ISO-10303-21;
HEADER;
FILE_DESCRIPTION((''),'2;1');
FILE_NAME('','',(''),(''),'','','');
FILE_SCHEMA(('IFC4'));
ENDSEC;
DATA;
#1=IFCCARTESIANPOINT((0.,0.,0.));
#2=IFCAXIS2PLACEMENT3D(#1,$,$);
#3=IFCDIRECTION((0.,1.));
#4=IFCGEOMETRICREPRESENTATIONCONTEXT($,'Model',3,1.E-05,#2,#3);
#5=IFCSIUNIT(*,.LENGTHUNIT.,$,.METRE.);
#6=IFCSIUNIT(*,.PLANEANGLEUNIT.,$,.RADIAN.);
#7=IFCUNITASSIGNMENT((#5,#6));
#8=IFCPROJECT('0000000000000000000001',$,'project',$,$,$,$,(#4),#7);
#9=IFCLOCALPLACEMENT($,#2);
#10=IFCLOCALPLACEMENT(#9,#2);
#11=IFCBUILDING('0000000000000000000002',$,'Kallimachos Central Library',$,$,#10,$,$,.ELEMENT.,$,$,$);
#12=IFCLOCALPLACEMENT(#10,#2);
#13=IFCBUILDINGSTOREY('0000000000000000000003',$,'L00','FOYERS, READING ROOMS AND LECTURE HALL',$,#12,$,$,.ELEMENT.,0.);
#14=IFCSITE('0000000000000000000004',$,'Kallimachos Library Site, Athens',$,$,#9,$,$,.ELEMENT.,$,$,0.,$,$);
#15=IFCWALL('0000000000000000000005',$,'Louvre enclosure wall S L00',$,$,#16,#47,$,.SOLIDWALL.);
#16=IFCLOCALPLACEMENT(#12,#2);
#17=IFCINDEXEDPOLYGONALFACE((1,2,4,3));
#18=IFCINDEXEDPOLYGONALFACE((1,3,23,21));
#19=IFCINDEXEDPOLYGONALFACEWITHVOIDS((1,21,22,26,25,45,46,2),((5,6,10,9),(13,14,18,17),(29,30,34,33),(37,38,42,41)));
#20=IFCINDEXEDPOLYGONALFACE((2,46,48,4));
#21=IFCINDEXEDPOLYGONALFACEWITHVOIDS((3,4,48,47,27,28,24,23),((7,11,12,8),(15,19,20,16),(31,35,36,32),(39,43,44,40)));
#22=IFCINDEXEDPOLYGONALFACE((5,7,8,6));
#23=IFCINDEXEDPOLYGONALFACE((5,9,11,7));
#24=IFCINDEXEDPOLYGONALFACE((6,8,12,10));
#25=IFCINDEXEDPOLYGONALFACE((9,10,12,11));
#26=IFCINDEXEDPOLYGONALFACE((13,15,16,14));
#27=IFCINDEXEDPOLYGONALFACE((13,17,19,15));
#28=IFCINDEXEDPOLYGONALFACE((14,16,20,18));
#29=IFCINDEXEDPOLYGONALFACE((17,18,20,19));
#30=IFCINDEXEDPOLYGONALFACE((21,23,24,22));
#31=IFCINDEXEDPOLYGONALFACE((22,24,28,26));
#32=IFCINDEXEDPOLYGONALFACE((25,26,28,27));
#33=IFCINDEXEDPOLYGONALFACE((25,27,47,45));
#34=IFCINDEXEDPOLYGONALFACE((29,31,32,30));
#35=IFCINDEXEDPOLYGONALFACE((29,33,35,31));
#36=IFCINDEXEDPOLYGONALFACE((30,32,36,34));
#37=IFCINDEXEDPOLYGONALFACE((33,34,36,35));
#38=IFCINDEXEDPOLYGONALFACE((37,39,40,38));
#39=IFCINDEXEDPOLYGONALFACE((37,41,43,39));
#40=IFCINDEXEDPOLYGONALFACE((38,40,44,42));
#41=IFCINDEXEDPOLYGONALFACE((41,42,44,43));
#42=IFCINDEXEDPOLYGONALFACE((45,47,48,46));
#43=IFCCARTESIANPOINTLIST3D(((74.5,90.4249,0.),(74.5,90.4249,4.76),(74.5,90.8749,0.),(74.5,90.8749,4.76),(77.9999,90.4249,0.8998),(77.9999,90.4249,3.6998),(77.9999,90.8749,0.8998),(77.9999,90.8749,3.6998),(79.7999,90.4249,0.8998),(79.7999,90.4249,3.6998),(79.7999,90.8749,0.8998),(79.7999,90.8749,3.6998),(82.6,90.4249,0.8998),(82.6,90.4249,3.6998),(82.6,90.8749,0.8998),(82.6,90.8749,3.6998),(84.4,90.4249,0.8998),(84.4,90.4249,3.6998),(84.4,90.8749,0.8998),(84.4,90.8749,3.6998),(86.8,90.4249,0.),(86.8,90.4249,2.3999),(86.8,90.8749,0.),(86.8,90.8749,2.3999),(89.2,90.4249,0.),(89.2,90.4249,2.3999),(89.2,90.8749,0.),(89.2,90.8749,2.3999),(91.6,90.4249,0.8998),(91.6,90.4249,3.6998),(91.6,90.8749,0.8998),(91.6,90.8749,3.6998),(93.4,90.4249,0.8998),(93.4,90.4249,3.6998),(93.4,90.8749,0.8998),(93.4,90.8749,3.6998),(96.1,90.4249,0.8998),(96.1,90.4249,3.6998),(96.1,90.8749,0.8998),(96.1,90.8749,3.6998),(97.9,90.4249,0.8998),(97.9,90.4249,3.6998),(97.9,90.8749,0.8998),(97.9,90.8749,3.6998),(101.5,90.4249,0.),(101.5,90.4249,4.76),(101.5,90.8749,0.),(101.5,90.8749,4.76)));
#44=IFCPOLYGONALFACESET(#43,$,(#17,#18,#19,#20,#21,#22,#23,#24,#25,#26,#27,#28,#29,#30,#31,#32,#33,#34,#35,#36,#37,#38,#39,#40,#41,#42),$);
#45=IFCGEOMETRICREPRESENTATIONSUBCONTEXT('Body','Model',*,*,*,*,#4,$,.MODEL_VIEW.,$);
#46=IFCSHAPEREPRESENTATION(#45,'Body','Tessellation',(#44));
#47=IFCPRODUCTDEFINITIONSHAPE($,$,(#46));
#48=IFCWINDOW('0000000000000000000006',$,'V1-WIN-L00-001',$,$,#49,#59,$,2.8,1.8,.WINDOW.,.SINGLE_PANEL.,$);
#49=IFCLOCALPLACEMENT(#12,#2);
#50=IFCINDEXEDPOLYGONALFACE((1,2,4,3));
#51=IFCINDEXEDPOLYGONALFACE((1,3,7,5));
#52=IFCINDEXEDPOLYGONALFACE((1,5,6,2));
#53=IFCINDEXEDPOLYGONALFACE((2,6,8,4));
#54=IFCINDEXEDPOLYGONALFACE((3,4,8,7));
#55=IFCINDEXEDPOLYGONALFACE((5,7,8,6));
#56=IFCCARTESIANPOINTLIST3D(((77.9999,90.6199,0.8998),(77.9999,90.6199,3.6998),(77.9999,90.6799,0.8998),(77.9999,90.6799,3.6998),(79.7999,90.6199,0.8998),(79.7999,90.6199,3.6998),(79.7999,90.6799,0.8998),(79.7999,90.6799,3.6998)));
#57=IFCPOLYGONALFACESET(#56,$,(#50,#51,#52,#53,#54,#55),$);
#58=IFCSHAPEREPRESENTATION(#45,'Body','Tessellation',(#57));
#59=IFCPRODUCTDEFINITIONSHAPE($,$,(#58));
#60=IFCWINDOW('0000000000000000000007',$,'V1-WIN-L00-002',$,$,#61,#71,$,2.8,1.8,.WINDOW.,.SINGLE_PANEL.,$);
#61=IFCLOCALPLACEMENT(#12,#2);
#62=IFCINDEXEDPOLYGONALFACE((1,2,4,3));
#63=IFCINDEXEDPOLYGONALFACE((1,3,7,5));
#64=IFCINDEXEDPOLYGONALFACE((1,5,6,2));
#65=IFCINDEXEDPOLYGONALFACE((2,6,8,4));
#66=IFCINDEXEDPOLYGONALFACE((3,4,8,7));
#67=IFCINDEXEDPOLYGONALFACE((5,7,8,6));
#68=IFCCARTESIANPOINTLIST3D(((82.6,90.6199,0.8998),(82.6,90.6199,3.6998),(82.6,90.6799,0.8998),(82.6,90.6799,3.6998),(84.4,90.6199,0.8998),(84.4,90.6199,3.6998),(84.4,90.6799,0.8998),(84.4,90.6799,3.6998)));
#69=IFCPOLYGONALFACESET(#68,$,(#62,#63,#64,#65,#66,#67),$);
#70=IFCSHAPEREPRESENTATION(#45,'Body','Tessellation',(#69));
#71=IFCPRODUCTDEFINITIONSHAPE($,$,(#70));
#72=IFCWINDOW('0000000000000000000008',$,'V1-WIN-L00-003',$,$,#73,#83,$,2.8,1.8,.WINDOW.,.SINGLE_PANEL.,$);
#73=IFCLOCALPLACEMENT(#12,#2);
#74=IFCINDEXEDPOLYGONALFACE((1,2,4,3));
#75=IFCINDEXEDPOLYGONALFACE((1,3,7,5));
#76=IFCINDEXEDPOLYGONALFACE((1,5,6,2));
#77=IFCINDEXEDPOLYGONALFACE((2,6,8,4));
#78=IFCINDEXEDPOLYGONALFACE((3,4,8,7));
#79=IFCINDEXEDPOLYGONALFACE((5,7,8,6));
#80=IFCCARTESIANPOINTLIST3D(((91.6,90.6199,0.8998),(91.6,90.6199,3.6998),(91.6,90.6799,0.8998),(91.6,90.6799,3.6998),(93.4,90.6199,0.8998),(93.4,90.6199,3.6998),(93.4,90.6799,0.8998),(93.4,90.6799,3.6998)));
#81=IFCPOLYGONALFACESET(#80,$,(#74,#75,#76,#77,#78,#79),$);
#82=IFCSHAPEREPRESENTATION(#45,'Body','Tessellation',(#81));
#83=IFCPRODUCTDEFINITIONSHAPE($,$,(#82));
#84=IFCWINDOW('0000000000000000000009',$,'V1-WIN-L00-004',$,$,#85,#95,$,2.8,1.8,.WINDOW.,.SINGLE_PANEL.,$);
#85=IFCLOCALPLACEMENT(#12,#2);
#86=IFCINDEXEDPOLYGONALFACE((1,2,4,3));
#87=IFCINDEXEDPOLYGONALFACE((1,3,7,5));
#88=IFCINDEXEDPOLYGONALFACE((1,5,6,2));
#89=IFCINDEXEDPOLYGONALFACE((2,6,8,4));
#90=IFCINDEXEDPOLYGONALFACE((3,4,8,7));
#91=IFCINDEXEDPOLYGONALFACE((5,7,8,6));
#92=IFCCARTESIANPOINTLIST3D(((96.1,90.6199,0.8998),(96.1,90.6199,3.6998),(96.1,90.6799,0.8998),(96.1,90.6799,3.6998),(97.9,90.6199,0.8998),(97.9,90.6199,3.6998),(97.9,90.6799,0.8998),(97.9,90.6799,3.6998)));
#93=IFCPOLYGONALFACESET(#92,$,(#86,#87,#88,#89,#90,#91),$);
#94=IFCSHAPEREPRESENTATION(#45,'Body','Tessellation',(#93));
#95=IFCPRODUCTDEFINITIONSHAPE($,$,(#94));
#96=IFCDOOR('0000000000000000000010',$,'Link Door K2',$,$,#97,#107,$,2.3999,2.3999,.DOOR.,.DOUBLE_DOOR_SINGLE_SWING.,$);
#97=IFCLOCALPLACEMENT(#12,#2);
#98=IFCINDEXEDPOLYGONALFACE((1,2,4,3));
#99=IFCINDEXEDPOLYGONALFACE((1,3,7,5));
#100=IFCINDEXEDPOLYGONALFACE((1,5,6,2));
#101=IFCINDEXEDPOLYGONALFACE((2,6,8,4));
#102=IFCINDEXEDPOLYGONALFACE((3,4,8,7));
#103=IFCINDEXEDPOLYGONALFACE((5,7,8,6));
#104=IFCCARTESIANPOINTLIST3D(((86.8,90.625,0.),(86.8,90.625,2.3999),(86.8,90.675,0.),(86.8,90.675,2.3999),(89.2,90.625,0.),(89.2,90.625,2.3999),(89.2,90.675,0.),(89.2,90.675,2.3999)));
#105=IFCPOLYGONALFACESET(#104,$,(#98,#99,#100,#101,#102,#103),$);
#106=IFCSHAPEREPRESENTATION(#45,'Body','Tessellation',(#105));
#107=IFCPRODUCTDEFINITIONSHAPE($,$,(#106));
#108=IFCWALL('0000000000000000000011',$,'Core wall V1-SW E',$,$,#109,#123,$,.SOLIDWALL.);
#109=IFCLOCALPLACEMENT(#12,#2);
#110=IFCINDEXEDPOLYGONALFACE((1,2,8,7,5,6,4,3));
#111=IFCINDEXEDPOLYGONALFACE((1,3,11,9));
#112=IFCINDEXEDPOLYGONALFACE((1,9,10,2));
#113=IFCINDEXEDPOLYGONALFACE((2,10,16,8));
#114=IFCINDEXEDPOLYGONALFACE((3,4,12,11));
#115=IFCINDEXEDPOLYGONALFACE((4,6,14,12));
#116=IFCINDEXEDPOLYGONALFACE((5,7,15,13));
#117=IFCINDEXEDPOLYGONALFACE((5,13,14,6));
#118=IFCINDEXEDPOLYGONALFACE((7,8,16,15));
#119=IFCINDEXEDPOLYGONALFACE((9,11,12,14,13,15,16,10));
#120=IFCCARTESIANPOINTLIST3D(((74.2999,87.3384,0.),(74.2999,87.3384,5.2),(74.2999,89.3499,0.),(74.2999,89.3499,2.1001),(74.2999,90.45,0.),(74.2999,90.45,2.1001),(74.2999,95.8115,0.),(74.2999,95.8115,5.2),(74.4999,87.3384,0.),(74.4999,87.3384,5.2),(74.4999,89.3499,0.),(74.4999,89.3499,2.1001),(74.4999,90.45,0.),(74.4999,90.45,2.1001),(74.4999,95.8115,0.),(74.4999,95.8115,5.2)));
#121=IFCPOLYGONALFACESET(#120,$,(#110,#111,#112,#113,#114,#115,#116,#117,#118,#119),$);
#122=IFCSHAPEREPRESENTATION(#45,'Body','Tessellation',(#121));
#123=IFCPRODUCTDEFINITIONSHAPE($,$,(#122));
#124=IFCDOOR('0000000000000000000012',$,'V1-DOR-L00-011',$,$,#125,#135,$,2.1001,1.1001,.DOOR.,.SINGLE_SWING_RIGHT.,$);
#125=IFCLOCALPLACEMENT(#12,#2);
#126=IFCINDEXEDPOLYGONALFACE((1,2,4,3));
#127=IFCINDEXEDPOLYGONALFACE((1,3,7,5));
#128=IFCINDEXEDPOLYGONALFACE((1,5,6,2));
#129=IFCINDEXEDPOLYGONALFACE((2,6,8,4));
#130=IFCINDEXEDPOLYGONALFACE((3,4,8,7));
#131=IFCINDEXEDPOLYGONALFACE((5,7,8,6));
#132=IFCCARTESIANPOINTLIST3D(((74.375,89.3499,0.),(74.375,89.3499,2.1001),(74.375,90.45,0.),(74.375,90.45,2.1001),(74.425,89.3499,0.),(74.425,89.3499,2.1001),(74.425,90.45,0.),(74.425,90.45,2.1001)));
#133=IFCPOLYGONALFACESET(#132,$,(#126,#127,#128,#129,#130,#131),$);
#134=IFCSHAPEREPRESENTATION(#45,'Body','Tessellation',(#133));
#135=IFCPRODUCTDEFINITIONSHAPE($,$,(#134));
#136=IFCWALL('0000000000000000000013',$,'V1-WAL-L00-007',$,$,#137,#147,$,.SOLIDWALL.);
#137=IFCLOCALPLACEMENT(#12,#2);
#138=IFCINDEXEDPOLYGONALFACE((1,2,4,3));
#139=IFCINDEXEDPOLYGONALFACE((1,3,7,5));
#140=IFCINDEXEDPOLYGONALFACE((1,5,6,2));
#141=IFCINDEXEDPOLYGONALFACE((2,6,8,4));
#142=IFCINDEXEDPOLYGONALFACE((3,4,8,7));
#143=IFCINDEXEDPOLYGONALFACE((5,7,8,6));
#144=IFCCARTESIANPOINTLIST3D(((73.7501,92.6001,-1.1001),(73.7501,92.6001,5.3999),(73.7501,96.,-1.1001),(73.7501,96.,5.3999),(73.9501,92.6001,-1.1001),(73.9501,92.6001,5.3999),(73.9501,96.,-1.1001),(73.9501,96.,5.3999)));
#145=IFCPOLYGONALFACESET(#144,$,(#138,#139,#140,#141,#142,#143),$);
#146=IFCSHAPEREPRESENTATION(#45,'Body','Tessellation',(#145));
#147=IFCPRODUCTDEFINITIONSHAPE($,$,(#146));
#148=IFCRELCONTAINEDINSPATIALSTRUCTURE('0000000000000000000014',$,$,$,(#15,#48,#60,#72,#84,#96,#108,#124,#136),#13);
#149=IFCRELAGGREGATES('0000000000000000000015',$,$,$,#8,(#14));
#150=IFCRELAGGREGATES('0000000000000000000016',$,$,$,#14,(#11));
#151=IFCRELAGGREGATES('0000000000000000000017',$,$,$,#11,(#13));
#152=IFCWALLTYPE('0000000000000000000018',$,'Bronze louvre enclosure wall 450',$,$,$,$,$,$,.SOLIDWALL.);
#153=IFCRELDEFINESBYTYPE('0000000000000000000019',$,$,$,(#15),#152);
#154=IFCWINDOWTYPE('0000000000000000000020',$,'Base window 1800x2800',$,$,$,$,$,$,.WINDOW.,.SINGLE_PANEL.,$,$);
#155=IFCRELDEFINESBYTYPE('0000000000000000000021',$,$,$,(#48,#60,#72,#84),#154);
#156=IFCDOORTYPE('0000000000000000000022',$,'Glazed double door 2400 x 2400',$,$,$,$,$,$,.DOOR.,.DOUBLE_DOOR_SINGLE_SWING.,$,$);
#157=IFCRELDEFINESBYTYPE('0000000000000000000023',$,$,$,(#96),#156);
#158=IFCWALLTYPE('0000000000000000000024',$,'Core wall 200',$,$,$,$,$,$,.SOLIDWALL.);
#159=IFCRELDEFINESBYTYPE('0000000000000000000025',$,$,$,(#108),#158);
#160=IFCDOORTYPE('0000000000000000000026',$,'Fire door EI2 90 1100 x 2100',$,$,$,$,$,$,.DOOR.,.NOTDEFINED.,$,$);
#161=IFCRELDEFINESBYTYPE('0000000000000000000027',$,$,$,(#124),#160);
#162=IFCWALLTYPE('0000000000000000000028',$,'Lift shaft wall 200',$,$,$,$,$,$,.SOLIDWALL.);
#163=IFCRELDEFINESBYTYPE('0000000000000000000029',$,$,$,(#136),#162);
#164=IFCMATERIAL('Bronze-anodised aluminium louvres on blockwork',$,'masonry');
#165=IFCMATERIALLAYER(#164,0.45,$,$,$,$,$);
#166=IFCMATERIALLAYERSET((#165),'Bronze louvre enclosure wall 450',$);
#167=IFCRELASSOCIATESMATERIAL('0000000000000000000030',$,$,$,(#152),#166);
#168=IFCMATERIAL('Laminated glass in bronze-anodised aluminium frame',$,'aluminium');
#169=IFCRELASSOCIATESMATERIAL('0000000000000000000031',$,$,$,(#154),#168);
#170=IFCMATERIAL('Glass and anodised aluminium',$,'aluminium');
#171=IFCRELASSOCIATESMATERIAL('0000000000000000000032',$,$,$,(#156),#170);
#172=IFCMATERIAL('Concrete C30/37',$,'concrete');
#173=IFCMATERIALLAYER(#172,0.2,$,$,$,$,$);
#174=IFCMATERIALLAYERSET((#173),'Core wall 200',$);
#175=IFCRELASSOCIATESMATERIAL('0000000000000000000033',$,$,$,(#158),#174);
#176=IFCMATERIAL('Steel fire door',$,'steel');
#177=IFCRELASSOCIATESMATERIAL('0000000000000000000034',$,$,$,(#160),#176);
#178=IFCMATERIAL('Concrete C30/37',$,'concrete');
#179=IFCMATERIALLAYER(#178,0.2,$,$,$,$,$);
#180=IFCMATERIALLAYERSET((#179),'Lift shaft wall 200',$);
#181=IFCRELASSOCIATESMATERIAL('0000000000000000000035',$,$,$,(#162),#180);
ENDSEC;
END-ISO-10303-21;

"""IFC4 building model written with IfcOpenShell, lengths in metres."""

from ifc_helpers import new_model, si_unit, direction, frame, frame_2d, origin, place, context, subcontext, project, spatial, rectangle, extrude, material, layer, layer_set, type_object, element, fill, save


model = new_model("IFC4")

# Units and contexts
model_context = context("Model", 3, precision=1e-05, world=origin(), true_north=direction((0.0, 1.0)))
body_context = subcontext(model_context, "Body", "Model", "MODEL_VIEW")
ifc_project = project(units=[si_unit("LENGTHUNIT", "METRE"), si_unit("PLANEANGLEUNIT", "RADIAN")], contexts=[model_context])

# Site, building, storey
site_placement = place(None, origin())
site = spatial("IfcSite", under=ifc_project, at=site_placement, Name="Kallimachos Library Site, Athens", CompositionType="ELEMENT", RefElevation=0.0)
building_placement = place(site_placement, origin())
building = spatial("IfcBuilding", under=site, at=building_placement, Name="Kallimachos Central Library", CompositionType="ELEMENT")
storey_placement = place(building_placement, origin())
storey = spatial("IfcBuildingStorey", under=building, at=storey_placement, Name="L00", Description="FOYERS, READING ROOMS AND LECTURE HALL", CompositionType="ELEMENT", Elevation=0.0)

# Wall, openings, windows, door
ifc_material_1 = material(Name="Bronze-anodised aluminium louvres on blockwork", Category="masonry")
ifc_layer_1 = layer(ifc_material_1, 0.45)
ifc_layer_set_1 = layer_set([ifc_layer_1], Name="Bronze louvre enclosure wall 450")
wall_type_1 = type_object("IfcWallType", Name="Bronze louvre enclosure wall 450", PredefinedType="SOLIDWALL", material=ifc_layer_set_1)
wall_1_placement = place(storey_placement, frame((74.5, 90.6499, 0.0), z_axis=(0.0, 0.0, 1.0), x_axis=(1.0, 0.0, 0.0)))
wall_1 = element("IfcWall", 1, at=wall_1_placement, inside=storey, type_object=wall_type_1, Name="Louvre enclosure wall S L00", PredefinedType="SOLIDWALL", context=body_context, shape_type="SweptSolid", body=[
    extrude(rectangle(XDim=27.0, YDim=0.45, at=frame_2d((13.5, 0.0))), origin(), (0.0, 0.0, 1.0), 4.76),
])
opening_1_placement = place(wall_1_placement, frame((12.3, 0.0, 0.0)))
opening_1 = element("IfcOpeningElement", 2, at=opening_1_placement, cuts=wall_1, PredefinedType="OPENING", context=body_context, shape_type="SweptSolid", body=[
    extrude(rectangle(XDim=2.3999, YDim=2.3999, at=frame_2d((1.2, 1.2))), frame((0.0, 0.2349, 0.0), z_axis=(0.0, -1.0, 0.0), x_axis=(1.0, 0.0, 0.0)), (0.0, 0.0, 1.0), 0.47),
])
opening_2_placement = place(wall_1_placement, frame((3.5, 0.0, 0.8999)))
opening_2 = element("IfcOpeningElement", 3, at=opening_2_placement, cuts=wall_1, PredefinedType="OPENING", context=body_context, shape_type="SweptSolid", body=[
    extrude(rectangle(XDim=1.8, YDim=2.8, at=frame_2d((0.8999, 1.3999))), frame((0.0, 0.2349, 0.0), z_axis=(0.0, -1.0, 0.0), x_axis=(1.0, 0.0, 0.0)), (0.0, 0.0, 1.0), 0.47),
])
opening_3_placement = place(wall_1_placement, frame((8.1001, 0.0, 0.8999)))
opening_3 = element("IfcOpeningElement", 4, at=opening_3_placement, cuts=wall_1, PredefinedType="OPENING", context=body_context, shape_type="SweptSolid", body=[
    extrude(rectangle(XDim=1.8, YDim=2.8, at=frame_2d((0.8999, 1.3999))), frame((0.0, 0.2349, 0.0), z_axis=(0.0, -1.0, 0.0), x_axis=(1.0, 0.0, 0.0)), (0.0, 0.0, 1.0), 0.47),
])
opening_4_placement = place(wall_1_placement, frame((17.1001, 0.0, 0.8999)))
opening_4 = element("IfcOpeningElement", 5, at=opening_4_placement, cuts=wall_1, PredefinedType="OPENING", context=body_context, shape_type="SweptSolid", body=[
    extrude(rectangle(XDim=1.8, YDim=2.8, at=frame_2d((0.8999, 1.3999))), frame((0.0, 0.2349, 0.0), z_axis=(0.0, -1.0, 0.0), x_axis=(1.0, 0.0, 0.0)), (0.0, 0.0, 1.0), 0.47),
])
opening_5_placement = place(wall_1_placement, frame((21.6001, 0.0, 0.8999)))
opening_5 = element("IfcOpeningElement", 6, at=opening_5_placement, cuts=wall_1, PredefinedType="OPENING", context=body_context, shape_type="SweptSolid", body=[
    extrude(rectangle(XDim=1.8, YDim=2.8, at=frame_2d((0.8999, 1.3999))), frame((0.0, 0.2349, 0.0), z_axis=(0.0, -1.0, 0.0), x_axis=(1.0, 0.0, 0.0)), (0.0, 0.0, 1.0), 0.47),
])
ifc_material_2 = material(Name="Laminated glass in bronze-anodised aluminium frame", Category="aluminium")
window_type = type_object("IfcWindowType", Name="Base window 1800x2800", PartitioningType="SINGLE_PANEL", PredefinedType="WINDOW", material=ifc_material_2)
window_1_placement = place(opening_2_placement, origin())
window_1 = element("IfcWindow", 7, at=window_1_placement, inside=storey, type_object=window_type, Name="V1-WIN-L00-001", OverallHeight=2.8, OverallWidth=1.8, PartitioningType="SINGLE_PANEL", PredefinedType="WINDOW", context=body_context, shape_type="SweptSolid", body=[
    extrude(rectangle(XDim=1.8, YDim=2.8, at=frame_2d((0.8999, 1.3999))), frame((0.0, 0.03, 0.0), z_axis=(0.0, -1.0, 0.0), x_axis=(1.0, 0.0, 0.0)), (0.0, 0.0, 1.0), 0.0601),
])
fill(opening_2, window_1)
window_2_placement = place(opening_3_placement, origin())
window_2 = element("IfcWindow", 8, at=window_2_placement, inside=storey, type_object=window_type, Name="V1-WIN-L00-002", OverallHeight=2.8, OverallWidth=1.8, PartitioningType="SINGLE_PANEL", PredefinedType="WINDOW", context=body_context, shape_type="SweptSolid", body=[
    extrude(rectangle(XDim=1.8, YDim=2.8, at=frame_2d((0.8999, 1.3999))), frame((0.0, 0.03, 0.0), z_axis=(0.0, -1.0, 0.0), x_axis=(1.0, 0.0, 0.0)), (0.0, 0.0, 1.0), 0.0601),
])
fill(opening_3, window_2)
window_3_placement = place(opening_4_placement, origin())
window_3 = element("IfcWindow", 9, at=window_3_placement, inside=storey, type_object=window_type, Name="V1-WIN-L00-003", OverallHeight=2.8, OverallWidth=1.8, PartitioningType="SINGLE_PANEL", PredefinedType="WINDOW", context=body_context, shape_type="SweptSolid", body=[
    extrude(rectangle(XDim=1.8, YDim=2.8, at=frame_2d((0.8999, 1.3999))), frame((0.0, 0.03, 0.0), z_axis=(0.0, -1.0, 0.0), x_axis=(1.0, 0.0, 0.0)), (0.0, 0.0, 1.0), 0.0601),
])
fill(opening_4, window_3)
window_4_placement = place(opening_5_placement, origin())
window_4 = element("IfcWindow", 10, at=window_4_placement, inside=storey, type_object=window_type, Name="V1-WIN-L00-004", OverallHeight=2.8, OverallWidth=1.8, PartitioningType="SINGLE_PANEL", PredefinedType="WINDOW", context=body_context, shape_type="SweptSolid", body=[
    extrude(rectangle(XDim=1.8, YDim=2.8, at=frame_2d((0.8999, 1.3999))), frame((0.0, 0.03, 0.0), z_axis=(0.0, -1.0, 0.0), x_axis=(1.0, 0.0, 0.0)), (0.0, 0.0, 1.0), 0.0601),
])
fill(opening_5, window_4)
ifc_material_3 = material(Name="Glass and anodised aluminium", Category="aluminium")
door_type_1 = type_object("IfcDoorType", Name="Glazed double door 2400 x 2400", OperationType="DOUBLE_DOOR_SINGLE_SWING", PredefinedType="DOOR", material=ifc_material_3)
door_1_placement = place(opening_1_placement, frame((2.3999, 0.0, 0.0), z_axis=(0.0, 0.0, 1.0), x_axis=(-1.0, 0.0, 0.0)))
door_1 = element("IfcDoor", 11, at=door_1_placement, inside=storey, type_object=door_type_1, Name="Link Door K2", OperationType="DOUBLE_DOOR_SINGLE_SWING", OverallHeight=2.3999, OverallWidth=2.3999, PredefinedType="DOOR", context=body_context, shape_type="SweptSolid", body=[
    extrude(rectangle(XDim=2.3999, YDim=2.3999, at=frame_2d((1.2, 1.2))), frame((0.0, 0.0249, 0.0), z_axis=(0.0, -1.0, 0.0), x_axis=(1.0, 0.0, 0.0)), (0.0, 0.0, 1.0), 0.05),
])
fill(opening_1, door_1)

# Wall, opening, door
ifc_material_4 = material(Name="Concrete C30/37", Category="concrete")
ifc_layer_2 = layer(ifc_material_4, 0.2)
ifc_layer_set_2 = layer_set([ifc_layer_2], Name="Core wall 200")
wall_type_2 = type_object("IfcWallType", Name="Core wall 200", PredefinedType="SOLIDWALL", material=ifc_layer_set_2)
wall_2_placement = place(storey_placement, frame((74.3999, 87.3384, 0.0), z_axis=(0.0, 0.0, 1.0), x_axis=(0.0, 1.0, 0.0)))
wall_2 = element("IfcWall", 12, at=wall_2_placement, inside=storey, type_object=wall_type_2, Name="Core wall V1-SW E", PredefinedType="SOLIDWALL", context=body_context, shape_type="SweptSolid", body=[
    extrude(rectangle(XDim=8.4731, YDim=0.2, at=frame_2d((4.2366, 0.0))), origin(), (0.0, 0.0, 1.0), 5.2),
])
opening_6_placement = place(wall_2_placement, frame((2.0115, 0.0, 0.0)))
opening_6 = element("IfcOpeningElement", 13, at=opening_6_placement, cuts=wall_2, PredefinedType="OPENING", context=body_context, shape_type="SweptSolid", body=[
    extrude(rectangle(XDim=1.1001, YDim=2.1001, at=frame_2d((0.55, 1.05))), frame((0.0, 0.1099, 0.0), z_axis=(0.0, -1.0, 0.0), x_axis=(1.0, 0.0, 0.0)), (0.0, 0.0, 1.0), 0.22),
])
ifc_material_5 = material(Name="Steel fire door", Category="steel")
door_type_2 = type_object("IfcDoorType", Name="Fire door EI2 90 1100 x 2100", OperationType="NOTDEFINED", PredefinedType="DOOR", material=ifc_material_5)
door_2_placement = place(opening_6_placement, origin())
door_2 = element("IfcDoor", 14, at=door_2_placement, inside=storey, type_object=door_type_2, Name="V1-DOR-L00-011", OperationType="SINGLE_SWING_RIGHT", OverallHeight=2.1001, OverallWidth=1.1001, PredefinedType="DOOR", context=body_context, shape_type="SweptSolid", body=[
    extrude(rectangle(XDim=1.1001, YDim=2.1001, at=frame_2d((0.55, 1.05))), frame((0.0, 0.0249, 0.0), z_axis=(0.0, -1.0, 0.0), x_axis=(1.0, 0.0, 0.0)), (0.0, 0.0, 1.0), 0.05),
])
fill(opening_6, door_2)

# Wall
ifc_material_6 = material(Name="Concrete C30/37", Category="concrete")
ifc_layer_3 = layer(ifc_material_6, 0.2)
ifc_layer_set_3 = layer_set([ifc_layer_3], Name="Lift shaft wall 200")
wall_type_3 = type_object("IfcWallType", Name="Lift shaft wall 200", PredefinedType="SOLIDWALL", material=ifc_layer_set_3)
wall_3_placement = place(storey_placement, frame((73.8501, 92.6001, -1.1001), z_axis=(0.0, 0.0, 1.0), x_axis=(0.0, 1.0, 0.0)))
element("IfcWall", 15, at=wall_3_placement, inside=storey, type_object=wall_type_3, Name="V1-WAL-L00-007", PredefinedType="SOLIDWALL", context=body_context, shape_type="SweptSolid", body=[
    extrude(rectangle(XDim=3.3999, YDim=0.2, at=frame_2d((1.7, 0.0))), origin(), (0.0, 0.0, 1.0), 6.5),
])

save(model, "model.ifc")
